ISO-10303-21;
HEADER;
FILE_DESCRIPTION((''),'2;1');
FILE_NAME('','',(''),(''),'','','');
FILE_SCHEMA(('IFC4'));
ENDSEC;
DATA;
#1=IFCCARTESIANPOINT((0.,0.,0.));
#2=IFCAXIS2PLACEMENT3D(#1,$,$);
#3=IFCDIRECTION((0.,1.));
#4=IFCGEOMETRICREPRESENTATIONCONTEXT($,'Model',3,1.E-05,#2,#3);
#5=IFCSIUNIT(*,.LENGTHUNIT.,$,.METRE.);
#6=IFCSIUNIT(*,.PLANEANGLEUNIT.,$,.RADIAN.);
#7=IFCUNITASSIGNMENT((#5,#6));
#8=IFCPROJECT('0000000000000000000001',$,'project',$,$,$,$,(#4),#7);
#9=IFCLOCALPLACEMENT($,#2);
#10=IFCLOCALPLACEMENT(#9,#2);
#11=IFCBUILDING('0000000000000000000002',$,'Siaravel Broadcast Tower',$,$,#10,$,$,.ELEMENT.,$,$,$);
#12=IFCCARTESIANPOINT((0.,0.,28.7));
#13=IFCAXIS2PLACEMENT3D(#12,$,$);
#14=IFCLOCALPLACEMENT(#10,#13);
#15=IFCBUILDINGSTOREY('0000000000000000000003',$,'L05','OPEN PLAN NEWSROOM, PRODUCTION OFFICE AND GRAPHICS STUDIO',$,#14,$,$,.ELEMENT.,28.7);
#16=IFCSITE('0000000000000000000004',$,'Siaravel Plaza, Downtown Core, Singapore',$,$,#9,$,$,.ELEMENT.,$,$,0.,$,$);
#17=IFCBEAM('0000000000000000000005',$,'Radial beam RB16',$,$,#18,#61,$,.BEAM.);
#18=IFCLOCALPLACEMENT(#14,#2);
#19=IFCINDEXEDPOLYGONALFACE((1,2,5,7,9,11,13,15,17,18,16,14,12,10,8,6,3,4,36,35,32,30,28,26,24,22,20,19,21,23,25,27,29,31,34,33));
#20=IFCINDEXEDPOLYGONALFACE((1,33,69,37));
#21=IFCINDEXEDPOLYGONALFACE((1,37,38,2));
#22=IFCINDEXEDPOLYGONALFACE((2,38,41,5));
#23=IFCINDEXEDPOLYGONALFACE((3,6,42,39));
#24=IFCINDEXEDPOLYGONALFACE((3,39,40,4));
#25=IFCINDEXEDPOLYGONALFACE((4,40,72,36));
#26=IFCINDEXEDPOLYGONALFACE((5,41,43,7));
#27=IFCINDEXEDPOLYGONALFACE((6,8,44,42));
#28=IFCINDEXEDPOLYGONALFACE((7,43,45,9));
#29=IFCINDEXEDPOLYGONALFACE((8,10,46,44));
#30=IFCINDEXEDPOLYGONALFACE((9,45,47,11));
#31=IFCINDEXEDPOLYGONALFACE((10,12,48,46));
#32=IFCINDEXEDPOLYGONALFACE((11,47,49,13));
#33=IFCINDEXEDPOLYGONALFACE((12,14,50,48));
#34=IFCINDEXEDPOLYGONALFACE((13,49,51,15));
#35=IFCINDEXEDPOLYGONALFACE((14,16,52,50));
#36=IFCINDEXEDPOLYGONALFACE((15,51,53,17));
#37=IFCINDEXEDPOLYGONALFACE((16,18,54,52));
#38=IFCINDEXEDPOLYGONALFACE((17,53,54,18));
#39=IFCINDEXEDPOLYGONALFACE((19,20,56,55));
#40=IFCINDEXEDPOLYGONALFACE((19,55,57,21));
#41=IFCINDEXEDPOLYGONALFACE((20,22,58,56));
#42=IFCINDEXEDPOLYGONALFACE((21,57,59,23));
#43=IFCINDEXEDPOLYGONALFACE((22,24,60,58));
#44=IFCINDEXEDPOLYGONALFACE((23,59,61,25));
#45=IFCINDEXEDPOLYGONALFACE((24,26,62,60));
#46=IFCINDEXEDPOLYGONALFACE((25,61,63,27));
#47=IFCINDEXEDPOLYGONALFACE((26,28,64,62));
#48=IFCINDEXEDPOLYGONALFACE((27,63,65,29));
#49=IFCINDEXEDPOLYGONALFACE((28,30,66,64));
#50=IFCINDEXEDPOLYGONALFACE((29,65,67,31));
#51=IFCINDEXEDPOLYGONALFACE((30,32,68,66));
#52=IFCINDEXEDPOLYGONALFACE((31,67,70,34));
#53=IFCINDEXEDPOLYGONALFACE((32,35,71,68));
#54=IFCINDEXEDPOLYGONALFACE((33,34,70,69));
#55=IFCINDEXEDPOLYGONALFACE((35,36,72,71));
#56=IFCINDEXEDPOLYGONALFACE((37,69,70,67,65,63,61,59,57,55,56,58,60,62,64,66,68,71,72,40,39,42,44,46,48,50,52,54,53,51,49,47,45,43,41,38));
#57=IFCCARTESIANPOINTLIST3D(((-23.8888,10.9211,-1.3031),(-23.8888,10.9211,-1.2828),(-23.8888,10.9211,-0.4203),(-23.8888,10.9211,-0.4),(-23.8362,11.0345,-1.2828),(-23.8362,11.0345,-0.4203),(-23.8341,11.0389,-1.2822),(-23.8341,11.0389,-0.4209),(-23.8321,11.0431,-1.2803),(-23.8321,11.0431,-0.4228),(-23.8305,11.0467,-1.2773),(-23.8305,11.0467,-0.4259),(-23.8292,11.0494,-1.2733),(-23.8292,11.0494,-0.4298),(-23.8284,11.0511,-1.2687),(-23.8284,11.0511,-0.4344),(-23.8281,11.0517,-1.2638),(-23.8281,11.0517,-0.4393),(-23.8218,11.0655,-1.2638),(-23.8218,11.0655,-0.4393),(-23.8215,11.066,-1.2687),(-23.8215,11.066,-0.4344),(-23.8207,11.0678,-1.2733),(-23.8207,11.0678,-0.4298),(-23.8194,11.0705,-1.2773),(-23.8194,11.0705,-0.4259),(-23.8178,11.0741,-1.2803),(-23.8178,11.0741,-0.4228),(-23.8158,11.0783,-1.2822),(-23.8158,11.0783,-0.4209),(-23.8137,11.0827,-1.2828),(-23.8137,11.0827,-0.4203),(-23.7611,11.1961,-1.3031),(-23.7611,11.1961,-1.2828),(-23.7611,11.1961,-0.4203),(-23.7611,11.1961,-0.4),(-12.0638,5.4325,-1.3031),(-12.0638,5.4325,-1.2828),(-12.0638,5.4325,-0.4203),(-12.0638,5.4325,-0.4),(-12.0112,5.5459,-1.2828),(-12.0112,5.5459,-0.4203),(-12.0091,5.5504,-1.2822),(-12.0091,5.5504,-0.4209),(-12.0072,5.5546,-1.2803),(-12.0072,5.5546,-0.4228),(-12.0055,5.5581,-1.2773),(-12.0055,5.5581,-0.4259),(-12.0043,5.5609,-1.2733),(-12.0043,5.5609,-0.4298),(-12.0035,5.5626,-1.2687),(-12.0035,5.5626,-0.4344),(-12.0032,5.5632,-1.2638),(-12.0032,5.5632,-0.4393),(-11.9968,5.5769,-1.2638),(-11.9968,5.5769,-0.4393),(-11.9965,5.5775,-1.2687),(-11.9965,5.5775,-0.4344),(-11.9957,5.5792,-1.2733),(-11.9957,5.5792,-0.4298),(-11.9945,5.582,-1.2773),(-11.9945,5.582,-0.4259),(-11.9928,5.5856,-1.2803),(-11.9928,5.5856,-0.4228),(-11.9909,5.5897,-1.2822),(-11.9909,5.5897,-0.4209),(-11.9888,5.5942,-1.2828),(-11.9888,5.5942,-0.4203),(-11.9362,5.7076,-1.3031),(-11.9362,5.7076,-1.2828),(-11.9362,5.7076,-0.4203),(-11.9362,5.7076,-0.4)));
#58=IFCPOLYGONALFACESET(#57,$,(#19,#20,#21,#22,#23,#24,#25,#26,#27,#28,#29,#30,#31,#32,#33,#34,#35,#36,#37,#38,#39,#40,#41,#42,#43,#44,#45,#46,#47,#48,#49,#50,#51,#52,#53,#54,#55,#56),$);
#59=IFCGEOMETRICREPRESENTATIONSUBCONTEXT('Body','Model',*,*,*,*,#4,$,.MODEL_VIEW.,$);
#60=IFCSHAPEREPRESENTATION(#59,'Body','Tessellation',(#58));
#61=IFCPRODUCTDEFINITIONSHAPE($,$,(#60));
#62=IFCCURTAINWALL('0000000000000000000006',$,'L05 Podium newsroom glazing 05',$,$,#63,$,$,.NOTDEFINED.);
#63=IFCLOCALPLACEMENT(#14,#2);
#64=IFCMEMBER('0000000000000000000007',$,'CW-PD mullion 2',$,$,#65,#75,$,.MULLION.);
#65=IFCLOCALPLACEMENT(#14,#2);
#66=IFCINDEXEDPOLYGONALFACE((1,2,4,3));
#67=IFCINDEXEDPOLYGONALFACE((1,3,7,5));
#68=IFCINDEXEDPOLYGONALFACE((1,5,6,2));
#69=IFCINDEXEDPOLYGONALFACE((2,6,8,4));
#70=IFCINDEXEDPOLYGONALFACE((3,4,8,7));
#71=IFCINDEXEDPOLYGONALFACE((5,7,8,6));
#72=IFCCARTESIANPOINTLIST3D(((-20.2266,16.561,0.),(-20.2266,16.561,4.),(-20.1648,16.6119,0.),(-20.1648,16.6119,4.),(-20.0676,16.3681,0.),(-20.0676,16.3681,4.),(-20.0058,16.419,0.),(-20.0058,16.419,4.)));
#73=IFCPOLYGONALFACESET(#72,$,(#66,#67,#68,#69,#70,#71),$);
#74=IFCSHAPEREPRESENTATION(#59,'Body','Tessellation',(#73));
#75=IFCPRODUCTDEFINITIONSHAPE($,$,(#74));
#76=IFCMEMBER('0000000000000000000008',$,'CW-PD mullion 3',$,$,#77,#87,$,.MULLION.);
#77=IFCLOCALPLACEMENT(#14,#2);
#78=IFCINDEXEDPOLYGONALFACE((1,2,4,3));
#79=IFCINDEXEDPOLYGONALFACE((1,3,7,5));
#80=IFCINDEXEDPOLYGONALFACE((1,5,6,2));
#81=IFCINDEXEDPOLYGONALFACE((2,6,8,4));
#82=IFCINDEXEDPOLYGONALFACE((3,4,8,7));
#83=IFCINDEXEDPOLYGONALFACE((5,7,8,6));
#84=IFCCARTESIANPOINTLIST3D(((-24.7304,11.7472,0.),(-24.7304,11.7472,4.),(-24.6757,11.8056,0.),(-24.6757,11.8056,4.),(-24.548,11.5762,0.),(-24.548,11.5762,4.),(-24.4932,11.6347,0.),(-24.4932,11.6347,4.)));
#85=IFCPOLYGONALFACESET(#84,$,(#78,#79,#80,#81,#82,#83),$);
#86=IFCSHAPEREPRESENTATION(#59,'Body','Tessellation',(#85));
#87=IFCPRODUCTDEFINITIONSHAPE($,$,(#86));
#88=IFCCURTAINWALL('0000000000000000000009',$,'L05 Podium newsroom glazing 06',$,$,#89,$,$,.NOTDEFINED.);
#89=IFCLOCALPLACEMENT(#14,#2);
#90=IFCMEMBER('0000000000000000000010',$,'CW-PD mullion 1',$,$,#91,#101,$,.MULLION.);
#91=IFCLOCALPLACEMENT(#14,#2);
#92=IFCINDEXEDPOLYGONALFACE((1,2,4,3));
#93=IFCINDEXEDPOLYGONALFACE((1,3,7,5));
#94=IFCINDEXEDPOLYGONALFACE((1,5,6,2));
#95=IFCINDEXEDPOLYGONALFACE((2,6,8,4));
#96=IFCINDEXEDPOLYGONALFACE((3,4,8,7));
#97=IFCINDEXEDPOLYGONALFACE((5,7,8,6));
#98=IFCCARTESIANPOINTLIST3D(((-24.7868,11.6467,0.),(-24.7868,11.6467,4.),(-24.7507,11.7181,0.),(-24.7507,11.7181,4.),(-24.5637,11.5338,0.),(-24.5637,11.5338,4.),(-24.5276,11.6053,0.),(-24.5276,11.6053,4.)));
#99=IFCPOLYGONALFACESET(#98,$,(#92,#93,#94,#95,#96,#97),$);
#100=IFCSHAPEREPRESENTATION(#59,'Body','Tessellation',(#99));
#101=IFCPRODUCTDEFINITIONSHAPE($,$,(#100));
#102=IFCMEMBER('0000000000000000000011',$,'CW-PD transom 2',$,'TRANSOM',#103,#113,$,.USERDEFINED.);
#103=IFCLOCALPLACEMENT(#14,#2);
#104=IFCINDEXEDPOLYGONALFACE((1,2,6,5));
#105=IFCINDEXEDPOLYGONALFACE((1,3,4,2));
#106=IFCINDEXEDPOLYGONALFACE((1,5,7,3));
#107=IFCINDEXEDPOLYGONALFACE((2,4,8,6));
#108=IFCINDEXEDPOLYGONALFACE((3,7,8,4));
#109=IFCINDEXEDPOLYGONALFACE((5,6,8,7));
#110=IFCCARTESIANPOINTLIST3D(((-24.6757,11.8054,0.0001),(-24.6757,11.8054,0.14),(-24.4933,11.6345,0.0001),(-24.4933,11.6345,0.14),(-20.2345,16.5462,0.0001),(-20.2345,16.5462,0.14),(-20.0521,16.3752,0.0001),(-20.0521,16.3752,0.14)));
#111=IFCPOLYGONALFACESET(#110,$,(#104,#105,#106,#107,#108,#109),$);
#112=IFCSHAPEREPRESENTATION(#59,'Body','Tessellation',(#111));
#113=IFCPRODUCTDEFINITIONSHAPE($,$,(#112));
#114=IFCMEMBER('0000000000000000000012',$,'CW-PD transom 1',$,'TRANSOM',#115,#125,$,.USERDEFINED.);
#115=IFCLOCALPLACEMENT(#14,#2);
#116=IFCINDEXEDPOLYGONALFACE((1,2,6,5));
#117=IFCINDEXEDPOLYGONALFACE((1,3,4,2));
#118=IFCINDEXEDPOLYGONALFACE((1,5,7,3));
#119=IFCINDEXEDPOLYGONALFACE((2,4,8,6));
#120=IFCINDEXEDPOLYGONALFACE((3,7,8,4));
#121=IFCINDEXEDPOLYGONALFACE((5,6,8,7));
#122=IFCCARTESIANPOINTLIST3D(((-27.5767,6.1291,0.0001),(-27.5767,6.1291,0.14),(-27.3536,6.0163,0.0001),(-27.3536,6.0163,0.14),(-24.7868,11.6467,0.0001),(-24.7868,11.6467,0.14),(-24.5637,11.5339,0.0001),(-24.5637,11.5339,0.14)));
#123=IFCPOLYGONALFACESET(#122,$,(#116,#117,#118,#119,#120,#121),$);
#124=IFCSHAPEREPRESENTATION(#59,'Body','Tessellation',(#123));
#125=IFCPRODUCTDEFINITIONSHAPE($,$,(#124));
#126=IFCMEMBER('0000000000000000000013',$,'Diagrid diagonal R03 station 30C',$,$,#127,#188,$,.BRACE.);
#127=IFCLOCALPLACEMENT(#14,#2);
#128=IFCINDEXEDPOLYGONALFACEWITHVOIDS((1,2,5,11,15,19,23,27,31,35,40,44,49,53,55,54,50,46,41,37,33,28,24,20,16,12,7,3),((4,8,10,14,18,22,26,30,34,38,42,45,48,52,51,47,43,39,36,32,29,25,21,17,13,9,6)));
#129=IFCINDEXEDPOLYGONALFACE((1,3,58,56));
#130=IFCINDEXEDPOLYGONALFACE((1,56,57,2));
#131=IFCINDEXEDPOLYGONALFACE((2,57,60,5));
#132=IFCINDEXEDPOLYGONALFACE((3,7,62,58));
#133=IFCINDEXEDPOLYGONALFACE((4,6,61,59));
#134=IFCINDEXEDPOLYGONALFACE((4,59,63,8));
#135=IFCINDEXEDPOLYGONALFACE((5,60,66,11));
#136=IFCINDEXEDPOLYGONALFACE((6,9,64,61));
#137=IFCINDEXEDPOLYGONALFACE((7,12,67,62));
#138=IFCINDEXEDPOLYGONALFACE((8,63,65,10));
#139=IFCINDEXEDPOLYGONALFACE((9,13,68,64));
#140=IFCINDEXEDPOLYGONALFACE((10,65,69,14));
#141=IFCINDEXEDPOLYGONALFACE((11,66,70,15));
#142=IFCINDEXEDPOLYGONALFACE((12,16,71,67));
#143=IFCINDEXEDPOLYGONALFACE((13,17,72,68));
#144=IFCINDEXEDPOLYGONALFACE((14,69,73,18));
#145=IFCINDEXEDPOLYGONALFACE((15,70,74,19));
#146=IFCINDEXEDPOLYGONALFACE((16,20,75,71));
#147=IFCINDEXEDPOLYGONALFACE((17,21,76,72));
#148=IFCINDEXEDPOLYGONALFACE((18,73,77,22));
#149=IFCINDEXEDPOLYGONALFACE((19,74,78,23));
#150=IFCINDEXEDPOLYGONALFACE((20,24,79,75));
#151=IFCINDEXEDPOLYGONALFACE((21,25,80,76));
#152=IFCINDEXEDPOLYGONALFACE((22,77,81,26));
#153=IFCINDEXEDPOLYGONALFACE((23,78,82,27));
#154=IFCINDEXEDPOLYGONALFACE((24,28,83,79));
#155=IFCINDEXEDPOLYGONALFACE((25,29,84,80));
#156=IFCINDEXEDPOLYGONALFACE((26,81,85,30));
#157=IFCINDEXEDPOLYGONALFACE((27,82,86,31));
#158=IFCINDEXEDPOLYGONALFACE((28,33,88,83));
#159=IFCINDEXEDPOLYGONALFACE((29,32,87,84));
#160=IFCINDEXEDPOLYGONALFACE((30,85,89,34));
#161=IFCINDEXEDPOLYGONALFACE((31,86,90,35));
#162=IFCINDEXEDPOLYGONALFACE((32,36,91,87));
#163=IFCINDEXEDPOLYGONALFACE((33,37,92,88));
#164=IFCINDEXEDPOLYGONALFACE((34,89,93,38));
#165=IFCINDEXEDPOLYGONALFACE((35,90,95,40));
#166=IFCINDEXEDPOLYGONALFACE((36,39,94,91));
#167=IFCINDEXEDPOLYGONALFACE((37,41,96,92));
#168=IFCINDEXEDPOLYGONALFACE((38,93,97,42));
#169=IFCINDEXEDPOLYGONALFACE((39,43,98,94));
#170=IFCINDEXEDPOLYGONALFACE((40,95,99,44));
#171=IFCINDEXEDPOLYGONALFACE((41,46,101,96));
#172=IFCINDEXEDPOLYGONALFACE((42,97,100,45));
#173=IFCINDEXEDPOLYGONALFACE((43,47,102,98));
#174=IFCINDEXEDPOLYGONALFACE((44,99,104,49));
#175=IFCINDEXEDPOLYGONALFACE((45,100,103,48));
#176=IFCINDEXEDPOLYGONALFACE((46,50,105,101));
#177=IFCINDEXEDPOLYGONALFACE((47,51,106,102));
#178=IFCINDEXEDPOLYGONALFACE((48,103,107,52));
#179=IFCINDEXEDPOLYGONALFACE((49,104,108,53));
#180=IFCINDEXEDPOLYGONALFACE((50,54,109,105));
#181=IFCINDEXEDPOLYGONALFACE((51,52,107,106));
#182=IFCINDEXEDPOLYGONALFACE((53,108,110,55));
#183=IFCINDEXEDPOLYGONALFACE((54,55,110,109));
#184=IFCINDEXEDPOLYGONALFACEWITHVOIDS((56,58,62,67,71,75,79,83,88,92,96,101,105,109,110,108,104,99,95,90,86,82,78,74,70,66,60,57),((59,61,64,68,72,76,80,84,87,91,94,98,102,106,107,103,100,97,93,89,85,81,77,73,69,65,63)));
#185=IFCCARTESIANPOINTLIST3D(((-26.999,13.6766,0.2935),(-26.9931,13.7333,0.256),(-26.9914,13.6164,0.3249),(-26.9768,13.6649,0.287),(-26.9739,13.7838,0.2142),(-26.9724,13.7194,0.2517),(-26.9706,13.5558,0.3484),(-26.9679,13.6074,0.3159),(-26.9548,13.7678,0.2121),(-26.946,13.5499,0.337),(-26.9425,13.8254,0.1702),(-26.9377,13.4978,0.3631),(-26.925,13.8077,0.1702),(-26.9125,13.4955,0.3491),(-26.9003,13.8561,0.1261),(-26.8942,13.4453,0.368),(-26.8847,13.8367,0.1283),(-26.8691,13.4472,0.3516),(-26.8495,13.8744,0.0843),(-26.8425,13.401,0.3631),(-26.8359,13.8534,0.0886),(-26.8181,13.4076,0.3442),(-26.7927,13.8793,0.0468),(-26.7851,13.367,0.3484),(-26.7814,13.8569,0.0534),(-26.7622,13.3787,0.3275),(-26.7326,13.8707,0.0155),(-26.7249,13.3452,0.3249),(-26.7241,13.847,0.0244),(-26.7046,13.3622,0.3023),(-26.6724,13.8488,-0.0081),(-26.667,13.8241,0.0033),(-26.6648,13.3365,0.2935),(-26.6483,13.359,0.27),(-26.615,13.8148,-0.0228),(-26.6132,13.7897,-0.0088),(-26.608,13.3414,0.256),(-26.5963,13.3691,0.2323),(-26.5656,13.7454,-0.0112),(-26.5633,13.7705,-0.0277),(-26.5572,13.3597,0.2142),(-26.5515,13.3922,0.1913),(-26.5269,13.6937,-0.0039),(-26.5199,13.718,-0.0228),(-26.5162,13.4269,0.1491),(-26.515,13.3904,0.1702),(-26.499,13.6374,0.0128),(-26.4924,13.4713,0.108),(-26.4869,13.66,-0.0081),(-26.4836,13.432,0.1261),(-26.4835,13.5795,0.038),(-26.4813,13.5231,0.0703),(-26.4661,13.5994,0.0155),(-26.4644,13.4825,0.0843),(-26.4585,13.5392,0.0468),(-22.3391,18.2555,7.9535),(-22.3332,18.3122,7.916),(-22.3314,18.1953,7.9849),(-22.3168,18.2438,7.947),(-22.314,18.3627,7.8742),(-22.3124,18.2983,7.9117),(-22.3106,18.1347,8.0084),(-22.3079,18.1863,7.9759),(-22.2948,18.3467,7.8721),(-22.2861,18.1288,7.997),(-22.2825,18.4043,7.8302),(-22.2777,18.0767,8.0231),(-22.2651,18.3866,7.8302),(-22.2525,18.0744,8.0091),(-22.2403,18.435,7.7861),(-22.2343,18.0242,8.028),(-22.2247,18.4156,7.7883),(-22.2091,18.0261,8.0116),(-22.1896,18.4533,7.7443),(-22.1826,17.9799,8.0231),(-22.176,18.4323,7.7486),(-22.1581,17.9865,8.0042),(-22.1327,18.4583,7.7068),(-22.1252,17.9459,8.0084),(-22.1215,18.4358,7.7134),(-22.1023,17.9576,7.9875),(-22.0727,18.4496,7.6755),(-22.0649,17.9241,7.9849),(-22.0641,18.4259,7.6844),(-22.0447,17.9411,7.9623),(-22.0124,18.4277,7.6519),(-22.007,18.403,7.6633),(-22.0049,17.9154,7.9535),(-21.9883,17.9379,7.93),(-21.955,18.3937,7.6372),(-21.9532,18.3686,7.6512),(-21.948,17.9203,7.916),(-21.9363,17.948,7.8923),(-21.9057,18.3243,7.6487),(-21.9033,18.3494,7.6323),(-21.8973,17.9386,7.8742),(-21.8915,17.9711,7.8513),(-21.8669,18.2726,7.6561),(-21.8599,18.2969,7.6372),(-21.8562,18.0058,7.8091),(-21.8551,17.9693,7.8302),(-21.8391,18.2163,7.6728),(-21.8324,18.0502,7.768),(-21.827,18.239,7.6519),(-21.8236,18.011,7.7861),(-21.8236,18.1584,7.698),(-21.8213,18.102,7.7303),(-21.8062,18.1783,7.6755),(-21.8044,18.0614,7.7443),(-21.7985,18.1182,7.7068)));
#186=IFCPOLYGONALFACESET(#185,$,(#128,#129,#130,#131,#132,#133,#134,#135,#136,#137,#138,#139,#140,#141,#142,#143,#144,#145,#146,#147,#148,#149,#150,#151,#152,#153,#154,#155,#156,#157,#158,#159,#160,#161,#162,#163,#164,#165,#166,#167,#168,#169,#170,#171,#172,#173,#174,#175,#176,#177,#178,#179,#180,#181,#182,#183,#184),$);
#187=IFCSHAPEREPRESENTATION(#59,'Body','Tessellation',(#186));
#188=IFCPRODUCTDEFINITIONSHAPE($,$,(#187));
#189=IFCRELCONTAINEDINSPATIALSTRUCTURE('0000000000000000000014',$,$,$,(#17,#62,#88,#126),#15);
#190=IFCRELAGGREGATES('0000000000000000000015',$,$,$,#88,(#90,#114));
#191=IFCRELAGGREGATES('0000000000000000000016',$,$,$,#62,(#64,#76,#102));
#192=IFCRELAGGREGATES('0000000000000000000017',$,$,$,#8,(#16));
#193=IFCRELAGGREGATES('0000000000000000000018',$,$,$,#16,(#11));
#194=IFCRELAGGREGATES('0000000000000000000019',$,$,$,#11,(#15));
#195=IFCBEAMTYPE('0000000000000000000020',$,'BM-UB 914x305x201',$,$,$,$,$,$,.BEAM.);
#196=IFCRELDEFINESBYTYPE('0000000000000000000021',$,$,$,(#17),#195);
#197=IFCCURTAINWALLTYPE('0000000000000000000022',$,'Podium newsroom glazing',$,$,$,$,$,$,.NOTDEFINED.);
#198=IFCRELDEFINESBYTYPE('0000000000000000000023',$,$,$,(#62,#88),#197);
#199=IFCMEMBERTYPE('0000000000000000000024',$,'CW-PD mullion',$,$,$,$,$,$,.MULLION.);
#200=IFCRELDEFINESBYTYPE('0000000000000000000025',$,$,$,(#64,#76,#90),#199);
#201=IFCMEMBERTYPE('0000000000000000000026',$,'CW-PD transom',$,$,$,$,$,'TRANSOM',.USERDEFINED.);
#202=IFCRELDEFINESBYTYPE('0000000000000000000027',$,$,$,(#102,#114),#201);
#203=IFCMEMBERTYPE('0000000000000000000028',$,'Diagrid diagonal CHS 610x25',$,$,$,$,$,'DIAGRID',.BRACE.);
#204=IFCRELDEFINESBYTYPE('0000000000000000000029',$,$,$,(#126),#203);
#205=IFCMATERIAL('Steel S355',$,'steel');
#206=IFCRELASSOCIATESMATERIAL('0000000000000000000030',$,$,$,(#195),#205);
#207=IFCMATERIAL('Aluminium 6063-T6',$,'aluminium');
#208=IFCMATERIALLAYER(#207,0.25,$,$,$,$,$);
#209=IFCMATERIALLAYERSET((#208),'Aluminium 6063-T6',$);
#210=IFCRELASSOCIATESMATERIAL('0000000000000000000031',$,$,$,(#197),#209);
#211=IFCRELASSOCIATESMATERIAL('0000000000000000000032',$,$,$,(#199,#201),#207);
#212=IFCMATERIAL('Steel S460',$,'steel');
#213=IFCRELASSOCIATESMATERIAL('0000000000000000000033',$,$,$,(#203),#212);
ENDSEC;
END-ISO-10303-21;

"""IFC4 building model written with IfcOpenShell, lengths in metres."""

from ifc_helpers import new_model, si_unit, direction, frame, origin, origin_2d, place, context, subcontext, project, spatial, rectangle, hollow_circle, i_section, extrude, material, layer, layer_set, material_profile, profile_set, type_object, element, aggregate, save


model = new_model("IFC4")

# Units and contexts
model_context = context("Model", 3, precision=1e-05, world=origin(), true_north=direction((0.0, 1.0)))
body_context = subcontext(model_context, "Body", "Model", "MODEL_VIEW")
ifc_project = project(units=[si_unit("LENGTHUNIT", "METRE"), si_unit("PLANEANGLEUNIT", "RADIAN")], contexts=[model_context])

# Site, building, storey
site_placement = place(None, origin())
site = spatial("IfcSite", under=ifc_project, at=site_placement, Name="Siaravel Plaza, Downtown Core, Singapore", CompositionType="ELEMENT", RefElevation=0.0)
building_placement = place(site_placement, origin())
building = spatial("IfcBuilding", under=site, at=building_placement, Name="Siaravel Broadcast Tower", CompositionType="ELEMENT")
storey_placement = place(building_placement, frame((0.0, 0.0, 28.7)))
storey = spatial("IfcBuildingStorey", under=building, at=storey_placement, Name="L05", Description="OPEN PLAN NEWSROOM, PRODUCTION OFFICE AND GRAPHICS STUDIO", CompositionType="ELEMENT", Elevation=28.7)

# Beam
ifc_material_1 = material(Name="Steel S355", Category="steel")
ifc_material_profile_1 = material_profile(ifc_material_1, i_section(OverallWidth=0.3032, OverallDepth=0.9031, WebThickness=0.0151, FlangeThickness=0.0203, FilletRadius=0.019, at=origin_2d()))
ifc_profile_set_1 = profile_set([ifc_material_profile_1], Name="Steel S355")
beam_type = type_object("IfcBeamType", Name="BM-UB 914x305x201", PredefinedType="BEAM", material=ifc_profile_set_1)
beam_1_placement = place(storey_placement, frame((-23.825, 11.0586, -0.8516), z_axis=(0.907057, -0.421008, 0.0), x_axis=(0.421008, 0.907057, 0.0)))
element("IfcBeam", 1, at=beam_1_placement, inside=storey, type_object=beam_type, Name="Radial beam RB16", PredefinedType="BEAM", context=body_context, shape_type="SweptSolid", body=[
    extrude(i_section(OverallWidth=0.3032, OverallDepth=0.9031, WebThickness=0.0151, FlangeThickness=0.0203, FilletRadius=0.019, at=origin_2d()), origin(), (0.0, 0.0, 1.0), 13.0366),
])

# Curtain wall, members
ifc_material_2 = material(Name="Aluminium 6063-T6", Category="aluminium")
ifc_layer_1 = layer(ifc_material_2, 0.25)
ifc_layer_set_1 = layer_set([ifc_layer_1], Name="Aluminium 6063-T6")
curtain_wall_type = type_object("IfcCurtainWallType", Name="Podium newsroom glazing", PredefinedType="NOTDEFINED", material=ifc_layer_set_1)
curtain_wall_1_placement = place(storey_placement, origin())
curtain_wall_1 = element("IfcCurtainWall", 2, at=curtain_wall_1_placement, inside=storey, type_object=curtain_wall_type, Name="L05 Podium newsroom glazing 05", PredefinedType="NOTDEFINED")
ifc_material_profile_2 = material_profile(ifc_material_2, rectangle(XDim=0.25, YDim=0.0801, at=origin_2d()))
ifc_profile_set_2 = profile_set([ifc_material_profile_2], Name="Aluminium 6063-T6")
member_type_1 = type_object("IfcMemberType", Name="CW-PD mullion", PredefinedType="MULLION", material=ifc_profile_set_2)
member_1_placement = place(storey_placement, frame((-20.1162, 16.49, 0.0), z_axis=(0.0, 0.0, 1.0), x_axis=(0.636218, -0.77151, 0.0)))
member_1 = element("IfcMember", 3, at=member_1_placement, type_object=member_type_1, Name="CW-PD mullion 2", PredefinedType="MULLION", context=body_context, shape_type="SweptSolid", body=[
    extrude(rectangle(XDim=0.25, YDim=0.0801, at=origin_2d()), origin(), (0.0, 0.0, 1.0), 4.0),
])
member_2_placement = place(storey_placement, frame((-24.6118, 11.6909, 0.0), z_axis=(0.0, 0.0, 1.0), x_axis=(0.729804, -0.683656, 0.0)))
member_2 = element("IfcMember", 4, at=member_2_placement, type_object=member_type_1, Name="CW-PD mullion 3", PredefinedType="MULLION", context=body_context, shape_type="SweptSolid", body=[
    extrude(rectangle(XDim=0.25, YDim=0.0801, at=origin_2d()), origin(), (0.0, 0.0, 1.0), 4.0),
])

# Curtain wall, member
curtain_wall_2_placement = place(storey_placement, origin())
curtain_wall_2 = element("IfcCurtainWall", 5, at=curtain_wall_2_placement, inside=storey, type_object=curtain_wall_type, Name="L05 Podium newsroom glazing 06", PredefinedType="NOTDEFINED")
member_3_placement = place(storey_placement, frame((-24.6572, 11.626, 0.0), z_axis=(0.0, 0.0, 1.0), x_axis=(0.892391, -0.451262, 0.0)))
member_3 = element("IfcMember", 6, at=member_3_placement, type_object=member_type_1, Name="CW-PD mullion 1", PredefinedType="MULLION", context=body_context, shape_type="SweptSolid", body=[
    extrude(rectangle(XDim=0.25, YDim=0.0801, at=origin_2d()), origin(), (0.0, 0.0, 1.0), 4.0),
])

# Members
ifc_material_profile_3 = material_profile(ifc_material_2, rectangle(XDim=0.25, YDim=0.1399, at=origin_2d()))
ifc_profile_set_3 = profile_set([ifc_material_profile_3], Name="Aluminium 6063-T6")
member_type_2 = type_object("IfcMemberType", Name="CW-PD transom", ElementType="TRANSOM", PredefinedType="USERDEFINED", material=ifc_profile_set_3)
member_4_placement = place(storey_placement, frame((-20.1433, 16.4607, 0.0701), z_axis=(-0.683674, -0.729788, 0.0), x_axis=(0.729788, -0.683674, 0.0)))
member_4 = element("IfcMember", 7, at=member_4_placement, type_object=member_type_2, Name="CW-PD transom 2", ObjectType="TRANSOM", PredefinedType="USERDEFINED", context=body_context, shape_type="SweptSolid", body=[
    extrude(rectangle(XDim=0.25, YDim=0.1399, at=origin_2d()), origin(), (0.0, 0.0, 1.0), 6.4961),
])
member_5_placement = place(storey_placement, frame((-24.6753, 11.5903, 0.0701), z_axis=(-0.451221, -0.892412, 0.0), x_axis=(0.892412, -0.451221, 0.0)))
member_5 = element("IfcMember", 8, at=member_5_placement, type_object=member_type_2, Name="CW-PD transom 1", ObjectType="TRANSOM", PredefinedType="USERDEFINED", context=body_context, shape_type="SweptSolid", body=[
    extrude(rectangle(XDim=0.25, YDim=0.1399, at=origin_2d()), origin(), (0.0, 0.0, 1.0), 6.1829),
])
aggregate(curtain_wall_2, [member_3, member_5])

# Member
ifc_material_3 = material(Name="Steel S460", Category="steel")
ifc_material_profile_4 = material_profile(ifc_material_3, hollow_circle(Radius=0.3049, WallThickness=0.0249, at=origin_2d()))
ifc_profile_set_4 = profile_set([ifc_material_profile_4], Name="Steel S460")
member_type_3 = type_object("IfcMemberType", Name="Diagrid diagonal CHS 610x25", ElementType="DIAGRID", PredefinedType="BRACE", material=ifc_profile_set_4)
member_6_placement = place(storey_placement, frame((-26.7288, 13.6079, 0.1702), z_axis=(0.462866, 0.454815, 0.760854), x_axis=(-0.700876, 0.713283, 0.0)))
element("IfcMember", 9, at=member_6_placement, inside=storey, type_object=member_type_3, Name="Diagrid diagonal R03 station 30C", PredefinedType="BRACE", context=body_context, shape_type="SweptSolid", body=[
    extrude(hollow_circle(Radius=0.3049, WallThickness=0.0249, at=origin_2d()), origin(), (0.0, 0.0, 1.0), 10.0676),
])

aggregate(curtain_wall_1, [member_1, member_2, member_4])

save(model, "model.ifc")
